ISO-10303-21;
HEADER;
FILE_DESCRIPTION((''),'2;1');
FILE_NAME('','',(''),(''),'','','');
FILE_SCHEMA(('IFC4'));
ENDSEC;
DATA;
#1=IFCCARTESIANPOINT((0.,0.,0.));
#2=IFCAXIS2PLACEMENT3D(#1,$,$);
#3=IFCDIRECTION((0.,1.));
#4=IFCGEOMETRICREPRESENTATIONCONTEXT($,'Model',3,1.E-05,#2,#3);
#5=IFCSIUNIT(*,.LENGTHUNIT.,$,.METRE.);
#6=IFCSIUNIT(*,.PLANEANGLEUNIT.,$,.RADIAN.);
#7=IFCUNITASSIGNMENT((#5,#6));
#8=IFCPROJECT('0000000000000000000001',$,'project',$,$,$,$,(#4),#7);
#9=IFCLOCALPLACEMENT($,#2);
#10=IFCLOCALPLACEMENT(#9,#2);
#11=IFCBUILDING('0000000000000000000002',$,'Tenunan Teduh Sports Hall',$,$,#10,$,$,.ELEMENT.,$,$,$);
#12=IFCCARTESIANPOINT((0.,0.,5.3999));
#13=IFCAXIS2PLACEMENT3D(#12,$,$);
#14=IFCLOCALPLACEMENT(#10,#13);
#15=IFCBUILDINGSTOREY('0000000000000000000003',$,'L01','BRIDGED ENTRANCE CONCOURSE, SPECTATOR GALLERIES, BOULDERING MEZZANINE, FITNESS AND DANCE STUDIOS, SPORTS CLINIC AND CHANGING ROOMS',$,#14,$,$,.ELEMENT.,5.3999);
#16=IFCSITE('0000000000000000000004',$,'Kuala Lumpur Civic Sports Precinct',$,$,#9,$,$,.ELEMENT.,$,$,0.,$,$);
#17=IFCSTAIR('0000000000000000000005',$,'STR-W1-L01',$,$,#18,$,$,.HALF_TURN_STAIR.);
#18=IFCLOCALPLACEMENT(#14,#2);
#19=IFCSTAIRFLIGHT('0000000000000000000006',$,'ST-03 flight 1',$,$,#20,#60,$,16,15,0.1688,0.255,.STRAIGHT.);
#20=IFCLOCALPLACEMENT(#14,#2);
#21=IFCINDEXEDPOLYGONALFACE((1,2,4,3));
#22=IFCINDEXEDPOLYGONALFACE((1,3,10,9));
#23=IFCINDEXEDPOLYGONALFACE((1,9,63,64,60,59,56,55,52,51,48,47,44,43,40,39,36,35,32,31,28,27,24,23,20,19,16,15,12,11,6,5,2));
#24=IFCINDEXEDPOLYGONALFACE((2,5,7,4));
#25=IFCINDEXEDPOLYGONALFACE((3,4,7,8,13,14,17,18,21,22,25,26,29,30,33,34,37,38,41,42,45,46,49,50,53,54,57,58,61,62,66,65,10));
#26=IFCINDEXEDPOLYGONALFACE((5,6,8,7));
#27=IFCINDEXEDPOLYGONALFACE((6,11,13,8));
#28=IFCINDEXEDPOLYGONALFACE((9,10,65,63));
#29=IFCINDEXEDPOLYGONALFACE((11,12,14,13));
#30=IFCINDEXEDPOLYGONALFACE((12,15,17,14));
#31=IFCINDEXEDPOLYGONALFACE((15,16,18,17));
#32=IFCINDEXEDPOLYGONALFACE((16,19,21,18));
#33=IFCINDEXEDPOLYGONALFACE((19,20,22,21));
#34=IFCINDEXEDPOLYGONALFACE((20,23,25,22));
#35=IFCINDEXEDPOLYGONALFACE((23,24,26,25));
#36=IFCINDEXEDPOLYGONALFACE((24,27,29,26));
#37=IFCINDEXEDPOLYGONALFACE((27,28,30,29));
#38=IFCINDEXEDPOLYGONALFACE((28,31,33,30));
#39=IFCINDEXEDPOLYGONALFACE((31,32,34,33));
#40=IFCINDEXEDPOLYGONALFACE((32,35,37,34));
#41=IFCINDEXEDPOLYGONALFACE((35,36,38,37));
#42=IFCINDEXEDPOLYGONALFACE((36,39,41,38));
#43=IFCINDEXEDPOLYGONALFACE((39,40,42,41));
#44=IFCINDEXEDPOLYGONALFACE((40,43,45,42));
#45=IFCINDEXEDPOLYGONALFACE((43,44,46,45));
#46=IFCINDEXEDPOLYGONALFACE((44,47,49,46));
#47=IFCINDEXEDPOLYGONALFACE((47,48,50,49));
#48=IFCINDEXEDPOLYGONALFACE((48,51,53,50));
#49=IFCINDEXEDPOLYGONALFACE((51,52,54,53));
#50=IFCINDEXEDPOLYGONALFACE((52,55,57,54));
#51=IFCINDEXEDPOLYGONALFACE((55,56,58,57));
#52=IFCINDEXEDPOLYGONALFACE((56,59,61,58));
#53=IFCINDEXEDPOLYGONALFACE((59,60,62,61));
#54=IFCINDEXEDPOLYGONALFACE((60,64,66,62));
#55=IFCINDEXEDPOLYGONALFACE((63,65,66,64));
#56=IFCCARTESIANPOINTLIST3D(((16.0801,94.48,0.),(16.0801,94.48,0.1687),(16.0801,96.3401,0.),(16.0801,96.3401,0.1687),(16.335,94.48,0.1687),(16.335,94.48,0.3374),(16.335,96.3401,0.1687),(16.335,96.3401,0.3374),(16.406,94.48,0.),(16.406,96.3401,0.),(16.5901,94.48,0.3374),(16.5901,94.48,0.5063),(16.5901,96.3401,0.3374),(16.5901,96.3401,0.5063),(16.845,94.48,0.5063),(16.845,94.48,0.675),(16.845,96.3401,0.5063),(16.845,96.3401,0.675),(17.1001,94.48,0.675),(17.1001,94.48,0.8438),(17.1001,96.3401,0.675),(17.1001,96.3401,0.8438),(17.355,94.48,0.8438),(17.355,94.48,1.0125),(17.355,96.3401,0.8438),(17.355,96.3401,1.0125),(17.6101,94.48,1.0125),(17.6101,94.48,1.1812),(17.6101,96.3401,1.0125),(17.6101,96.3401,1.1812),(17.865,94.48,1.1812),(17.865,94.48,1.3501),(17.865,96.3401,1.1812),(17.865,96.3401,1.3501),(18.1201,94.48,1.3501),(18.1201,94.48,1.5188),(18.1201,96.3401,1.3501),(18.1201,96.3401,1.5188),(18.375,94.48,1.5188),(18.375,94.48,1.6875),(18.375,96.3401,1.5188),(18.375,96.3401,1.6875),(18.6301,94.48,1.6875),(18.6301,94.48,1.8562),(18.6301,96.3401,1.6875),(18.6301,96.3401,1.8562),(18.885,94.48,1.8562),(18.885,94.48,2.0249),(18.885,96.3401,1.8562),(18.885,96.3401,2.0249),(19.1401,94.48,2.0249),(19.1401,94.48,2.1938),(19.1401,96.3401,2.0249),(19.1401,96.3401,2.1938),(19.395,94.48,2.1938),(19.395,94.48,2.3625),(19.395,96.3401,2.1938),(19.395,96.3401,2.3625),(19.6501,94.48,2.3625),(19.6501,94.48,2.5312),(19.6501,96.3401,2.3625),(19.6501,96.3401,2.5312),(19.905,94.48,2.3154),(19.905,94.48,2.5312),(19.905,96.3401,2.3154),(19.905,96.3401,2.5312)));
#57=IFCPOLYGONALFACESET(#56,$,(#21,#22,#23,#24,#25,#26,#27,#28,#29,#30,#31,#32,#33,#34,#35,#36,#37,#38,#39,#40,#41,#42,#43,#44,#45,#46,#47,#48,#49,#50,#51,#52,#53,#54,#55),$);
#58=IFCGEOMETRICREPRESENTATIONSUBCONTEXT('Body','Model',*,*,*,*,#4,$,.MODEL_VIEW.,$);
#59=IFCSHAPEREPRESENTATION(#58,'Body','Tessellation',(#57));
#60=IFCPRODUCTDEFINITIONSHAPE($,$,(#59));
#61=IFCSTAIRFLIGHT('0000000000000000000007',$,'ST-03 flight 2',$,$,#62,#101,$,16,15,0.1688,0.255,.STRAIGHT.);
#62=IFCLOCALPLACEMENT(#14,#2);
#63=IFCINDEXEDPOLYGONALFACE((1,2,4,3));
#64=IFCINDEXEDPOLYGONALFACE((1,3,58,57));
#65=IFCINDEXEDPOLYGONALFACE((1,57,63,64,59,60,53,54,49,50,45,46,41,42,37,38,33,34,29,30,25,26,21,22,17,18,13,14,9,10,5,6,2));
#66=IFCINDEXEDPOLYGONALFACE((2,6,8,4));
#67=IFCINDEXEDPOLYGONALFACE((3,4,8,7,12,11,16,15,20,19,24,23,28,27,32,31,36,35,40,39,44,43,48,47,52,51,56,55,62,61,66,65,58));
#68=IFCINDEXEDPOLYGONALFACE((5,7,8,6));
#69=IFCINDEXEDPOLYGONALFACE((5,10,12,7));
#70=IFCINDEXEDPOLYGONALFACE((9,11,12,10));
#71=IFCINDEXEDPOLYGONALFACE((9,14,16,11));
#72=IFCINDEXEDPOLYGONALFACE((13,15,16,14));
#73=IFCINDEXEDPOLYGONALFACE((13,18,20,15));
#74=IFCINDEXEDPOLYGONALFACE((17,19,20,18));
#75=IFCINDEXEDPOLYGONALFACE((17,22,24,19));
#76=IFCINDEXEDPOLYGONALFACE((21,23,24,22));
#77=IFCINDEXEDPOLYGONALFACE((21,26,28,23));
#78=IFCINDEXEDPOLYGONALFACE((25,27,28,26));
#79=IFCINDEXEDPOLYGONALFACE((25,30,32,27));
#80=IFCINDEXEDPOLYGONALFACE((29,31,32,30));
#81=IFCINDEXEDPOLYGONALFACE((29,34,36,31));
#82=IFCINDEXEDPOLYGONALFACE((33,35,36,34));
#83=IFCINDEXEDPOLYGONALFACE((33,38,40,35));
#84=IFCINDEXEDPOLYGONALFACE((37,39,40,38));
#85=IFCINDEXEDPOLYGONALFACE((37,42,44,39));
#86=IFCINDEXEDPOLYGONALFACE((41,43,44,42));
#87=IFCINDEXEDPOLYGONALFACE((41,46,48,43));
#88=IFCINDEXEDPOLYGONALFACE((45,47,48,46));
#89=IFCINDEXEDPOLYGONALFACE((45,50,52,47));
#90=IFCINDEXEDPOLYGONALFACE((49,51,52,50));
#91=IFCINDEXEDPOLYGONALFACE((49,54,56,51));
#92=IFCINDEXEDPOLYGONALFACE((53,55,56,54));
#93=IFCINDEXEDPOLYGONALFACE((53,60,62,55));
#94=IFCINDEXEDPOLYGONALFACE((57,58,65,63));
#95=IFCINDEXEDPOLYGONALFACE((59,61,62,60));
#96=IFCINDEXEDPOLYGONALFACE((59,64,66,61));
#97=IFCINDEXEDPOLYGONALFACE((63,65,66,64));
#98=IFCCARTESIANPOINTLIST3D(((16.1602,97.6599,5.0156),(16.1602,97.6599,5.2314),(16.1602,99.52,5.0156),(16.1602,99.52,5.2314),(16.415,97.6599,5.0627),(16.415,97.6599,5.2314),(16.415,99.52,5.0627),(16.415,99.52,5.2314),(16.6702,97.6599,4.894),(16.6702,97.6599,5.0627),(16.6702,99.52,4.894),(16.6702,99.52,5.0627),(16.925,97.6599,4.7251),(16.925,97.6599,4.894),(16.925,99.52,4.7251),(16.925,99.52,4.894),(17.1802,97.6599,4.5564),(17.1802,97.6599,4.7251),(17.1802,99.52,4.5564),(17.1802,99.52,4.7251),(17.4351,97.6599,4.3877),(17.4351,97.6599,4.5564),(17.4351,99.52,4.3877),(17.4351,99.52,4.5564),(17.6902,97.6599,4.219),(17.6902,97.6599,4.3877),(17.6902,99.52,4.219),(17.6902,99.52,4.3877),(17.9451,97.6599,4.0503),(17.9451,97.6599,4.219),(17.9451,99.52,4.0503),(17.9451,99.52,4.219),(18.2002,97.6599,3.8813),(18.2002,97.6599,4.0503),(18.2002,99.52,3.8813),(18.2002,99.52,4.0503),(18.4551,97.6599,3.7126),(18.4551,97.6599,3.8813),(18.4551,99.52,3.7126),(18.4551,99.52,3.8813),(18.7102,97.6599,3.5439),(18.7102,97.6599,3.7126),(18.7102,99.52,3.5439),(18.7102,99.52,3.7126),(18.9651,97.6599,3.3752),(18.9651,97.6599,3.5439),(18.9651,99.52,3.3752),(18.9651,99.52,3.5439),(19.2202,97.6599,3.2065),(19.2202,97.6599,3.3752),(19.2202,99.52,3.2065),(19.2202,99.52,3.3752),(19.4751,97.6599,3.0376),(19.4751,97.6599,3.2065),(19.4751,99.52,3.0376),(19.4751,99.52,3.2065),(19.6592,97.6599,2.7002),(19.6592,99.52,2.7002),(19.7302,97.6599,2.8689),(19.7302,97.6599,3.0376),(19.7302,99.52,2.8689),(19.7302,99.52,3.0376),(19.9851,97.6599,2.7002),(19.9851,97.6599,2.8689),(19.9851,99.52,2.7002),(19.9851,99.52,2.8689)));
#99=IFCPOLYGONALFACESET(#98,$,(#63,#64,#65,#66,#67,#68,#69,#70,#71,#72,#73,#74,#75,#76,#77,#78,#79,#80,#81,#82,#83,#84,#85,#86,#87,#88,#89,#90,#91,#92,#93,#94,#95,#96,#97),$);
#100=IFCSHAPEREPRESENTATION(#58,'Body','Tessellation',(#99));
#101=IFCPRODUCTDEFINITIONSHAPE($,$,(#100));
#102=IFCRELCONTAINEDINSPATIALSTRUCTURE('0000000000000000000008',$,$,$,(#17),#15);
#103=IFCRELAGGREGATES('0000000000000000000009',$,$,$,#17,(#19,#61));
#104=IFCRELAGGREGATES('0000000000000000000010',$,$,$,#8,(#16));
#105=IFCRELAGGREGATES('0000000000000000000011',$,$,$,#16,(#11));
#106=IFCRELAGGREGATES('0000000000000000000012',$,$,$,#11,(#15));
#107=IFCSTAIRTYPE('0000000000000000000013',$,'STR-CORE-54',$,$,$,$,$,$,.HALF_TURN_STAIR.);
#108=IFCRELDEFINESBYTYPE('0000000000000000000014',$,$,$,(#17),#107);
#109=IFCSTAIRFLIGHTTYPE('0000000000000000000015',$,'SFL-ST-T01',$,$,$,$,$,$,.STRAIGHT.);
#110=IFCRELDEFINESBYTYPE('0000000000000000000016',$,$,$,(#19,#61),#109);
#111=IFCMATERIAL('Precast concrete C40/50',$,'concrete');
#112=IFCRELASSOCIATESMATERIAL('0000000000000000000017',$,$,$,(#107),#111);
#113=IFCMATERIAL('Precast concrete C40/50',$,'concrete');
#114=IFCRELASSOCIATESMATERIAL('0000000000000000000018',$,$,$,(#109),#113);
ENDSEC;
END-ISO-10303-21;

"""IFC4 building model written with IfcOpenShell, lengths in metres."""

from ifc_helpers import new_model, si_unit, direction, frame, origin, place, context, subcontext, project, spatial, polyline, outline, extrude, material, type_object, element, aggregate, save


model = new_model("IFC4")

# Units and contexts
model_context = context("Model", 3, precision=1e-05, world=origin(), true_north=direction((0.0, 1.0)))
body_context = subcontext(model_context, "Body", "Model", "MODEL_VIEW")
ifc_project = project(units=[si_unit("LENGTHUNIT", "METRE"), si_unit("PLANEANGLEUNIT", "RADIAN")], contexts=[model_context])

# Site, building, storey
site_placement = place(None, origin())
site = spatial("IfcSite", under=ifc_project, at=site_placement, Name="Kuala Lumpur Civic Sports Precinct", CompositionType="ELEMENT", RefElevation=0.0)
building_placement = place(site_placement, origin())
building = spatial("IfcBuilding", under=site, at=building_placement, Name="Tenunan Teduh Sports Hall", CompositionType="ELEMENT")
storey_placement = place(building_placement, frame((0.0, 0.0, 5.3999)))
storey = spatial("IfcBuildingStorey", under=building, at=storey_placement, Name="L01", Description="BRIDGED ENTRANCE CONCOURSE, SPECTATOR GALLERIES, BOULDERING MEZZANINE, FITNESS AND DANCE STUDIOS, SPORTS CLINIC AND CHANGING ROOMS", CompositionType="ELEMENT", Elevation=5.3999)

# Stair, stair flights
ifc_material_1 = material(Name="Precast concrete C40/50", Category="concrete")
stair_type = type_object("IfcStairType", Name="STR-CORE-54", PredefinedType="HALF_TURN_STAIR", material=ifc_material_1)
stair_placement = place(storey_placement, origin())
stair = element("IfcStair", 1, at=stair_placement, inside=storey, type_object=stair_type, Name="STR-W1-L01", PredefinedType="HALF_TURN_STAIR")
ifc_material_2 = material(Name="Precast concrete C40/50", Category="concrete")
stair_flight_type = type_object("IfcStairFlightType", Name="SFL-ST-T01", PredefinedType="STRAIGHT", material=ifc_material_2)
stair_flight_1_placement = place(storey_placement, frame((16.0801, 95.4099, 0.0), z_axis=(0.0, 0.0, 1.0), x_axis=(1.0, 0.0, 0.0)))
stair_flight_1 = element("IfcStairFlight", 2, at=stair_flight_1_placement, type_object=stair_flight_type, Name="ST-03 flight 1", NumberOfRisers=16, NumberOfTreads=15, PredefinedType="STRAIGHT", RiserHeight=0.1688, TreadLength=0.255, context=body_context, shape_type="SweptSolid", body=[
    extrude(outline(polyline([(0.0, 0.0), (0.0, 0.1687), (0.2549, 0.1687), (0.2549, 0.3374), (0.51, 0.3374), (0.51, 0.5063), (0.7649, 0.5063), (0.7649, 0.675), (1.02, 0.675), (1.02, 0.8438), (1.2749, 0.8438), (1.2749, 1.0125), (1.53, 1.0125), (1.53, 1.1812), (1.7849, 1.1812), (1.7849, 1.3501), (2.04, 1.3501), (2.04, 1.5188), (2.2949, 1.5188), (2.2949, 1.6875), (2.55, 1.6875), (2.55, 1.8562), (2.8049, 1.8562), (2.8049, 2.0249), (3.0601, 2.0249), (3.0601, 2.1938), (3.3149, 2.1938), (3.3149, 2.3625), (3.5701, 2.3625), (3.5701, 2.5312), (3.825, 2.5312), (3.825, 2.7), (3.825, 2.3154), (0.3259, 0.0), (0.0, 0.0)])), frame((0.0, 0.9302, 0.0), z_axis=(0.0, -1.0, 0.0), x_axis=(1.0, 0.0, 0.0)), (0.0, 0.0, 1.0), 1.8601),
])
stair_flight_2_placement = place(storey_placement, frame((19.9851, 98.5901, 2.7002), z_axis=(0.0, 0.0, 1.0), x_axis=(-1.0, 0.0, 0.0)))
stair_flight_2 = element("IfcStairFlight", 3, at=stair_flight_2_placement, type_object=stair_flight_type, Name="ST-03 flight 2", NumberOfRisers=16, NumberOfTreads=15, PredefinedType="STRAIGHT", RiserHeight=0.1688, TreadLength=0.255, context=body_context, shape_type="SweptSolid", body=[
    extrude(outline(polyline([(0.0, 0.0), (0.0, 0.1687), (0.2549, 0.1687), (0.2549, 0.3374), (0.51, 0.3374), (0.51, 0.5063), (0.7649, 0.5063), (0.7649, 0.675), (1.02, 0.675), (1.02, 0.8438), (1.2749, 0.8438), (1.2749, 1.0125), (1.53, 1.0125), (1.53, 1.1812), (1.7849, 1.1812), (1.7849, 1.3501), (2.04, 1.3501), (2.04, 1.5188), (2.2949, 1.5188), (2.2949, 1.6875), (2.55, 1.6875), (2.55, 1.8562), (2.8049, 1.8562), (2.8049, 2.0249), (3.0601, 2.0249), (3.0601, 2.1938), (3.3149, 2.1938), (3.3149, 2.3625), (3.5701, 2.3625), (3.5701, 2.5312), (3.825, 2.5312), (3.825, 2.7), (3.825, 2.3154), (0.3259, 0.0), (0.0, 0.0)])), frame((0.0, 0.9302, 0.0), z_axis=(0.0, -1.0, 0.0), x_axis=(1.0, 0.0, 0.0)), (0.0, 0.0, 1.0), 1.8601),
])

aggregate(stair, [stair_flight_1, stair_flight_2])

save(model, "model.ifc")
